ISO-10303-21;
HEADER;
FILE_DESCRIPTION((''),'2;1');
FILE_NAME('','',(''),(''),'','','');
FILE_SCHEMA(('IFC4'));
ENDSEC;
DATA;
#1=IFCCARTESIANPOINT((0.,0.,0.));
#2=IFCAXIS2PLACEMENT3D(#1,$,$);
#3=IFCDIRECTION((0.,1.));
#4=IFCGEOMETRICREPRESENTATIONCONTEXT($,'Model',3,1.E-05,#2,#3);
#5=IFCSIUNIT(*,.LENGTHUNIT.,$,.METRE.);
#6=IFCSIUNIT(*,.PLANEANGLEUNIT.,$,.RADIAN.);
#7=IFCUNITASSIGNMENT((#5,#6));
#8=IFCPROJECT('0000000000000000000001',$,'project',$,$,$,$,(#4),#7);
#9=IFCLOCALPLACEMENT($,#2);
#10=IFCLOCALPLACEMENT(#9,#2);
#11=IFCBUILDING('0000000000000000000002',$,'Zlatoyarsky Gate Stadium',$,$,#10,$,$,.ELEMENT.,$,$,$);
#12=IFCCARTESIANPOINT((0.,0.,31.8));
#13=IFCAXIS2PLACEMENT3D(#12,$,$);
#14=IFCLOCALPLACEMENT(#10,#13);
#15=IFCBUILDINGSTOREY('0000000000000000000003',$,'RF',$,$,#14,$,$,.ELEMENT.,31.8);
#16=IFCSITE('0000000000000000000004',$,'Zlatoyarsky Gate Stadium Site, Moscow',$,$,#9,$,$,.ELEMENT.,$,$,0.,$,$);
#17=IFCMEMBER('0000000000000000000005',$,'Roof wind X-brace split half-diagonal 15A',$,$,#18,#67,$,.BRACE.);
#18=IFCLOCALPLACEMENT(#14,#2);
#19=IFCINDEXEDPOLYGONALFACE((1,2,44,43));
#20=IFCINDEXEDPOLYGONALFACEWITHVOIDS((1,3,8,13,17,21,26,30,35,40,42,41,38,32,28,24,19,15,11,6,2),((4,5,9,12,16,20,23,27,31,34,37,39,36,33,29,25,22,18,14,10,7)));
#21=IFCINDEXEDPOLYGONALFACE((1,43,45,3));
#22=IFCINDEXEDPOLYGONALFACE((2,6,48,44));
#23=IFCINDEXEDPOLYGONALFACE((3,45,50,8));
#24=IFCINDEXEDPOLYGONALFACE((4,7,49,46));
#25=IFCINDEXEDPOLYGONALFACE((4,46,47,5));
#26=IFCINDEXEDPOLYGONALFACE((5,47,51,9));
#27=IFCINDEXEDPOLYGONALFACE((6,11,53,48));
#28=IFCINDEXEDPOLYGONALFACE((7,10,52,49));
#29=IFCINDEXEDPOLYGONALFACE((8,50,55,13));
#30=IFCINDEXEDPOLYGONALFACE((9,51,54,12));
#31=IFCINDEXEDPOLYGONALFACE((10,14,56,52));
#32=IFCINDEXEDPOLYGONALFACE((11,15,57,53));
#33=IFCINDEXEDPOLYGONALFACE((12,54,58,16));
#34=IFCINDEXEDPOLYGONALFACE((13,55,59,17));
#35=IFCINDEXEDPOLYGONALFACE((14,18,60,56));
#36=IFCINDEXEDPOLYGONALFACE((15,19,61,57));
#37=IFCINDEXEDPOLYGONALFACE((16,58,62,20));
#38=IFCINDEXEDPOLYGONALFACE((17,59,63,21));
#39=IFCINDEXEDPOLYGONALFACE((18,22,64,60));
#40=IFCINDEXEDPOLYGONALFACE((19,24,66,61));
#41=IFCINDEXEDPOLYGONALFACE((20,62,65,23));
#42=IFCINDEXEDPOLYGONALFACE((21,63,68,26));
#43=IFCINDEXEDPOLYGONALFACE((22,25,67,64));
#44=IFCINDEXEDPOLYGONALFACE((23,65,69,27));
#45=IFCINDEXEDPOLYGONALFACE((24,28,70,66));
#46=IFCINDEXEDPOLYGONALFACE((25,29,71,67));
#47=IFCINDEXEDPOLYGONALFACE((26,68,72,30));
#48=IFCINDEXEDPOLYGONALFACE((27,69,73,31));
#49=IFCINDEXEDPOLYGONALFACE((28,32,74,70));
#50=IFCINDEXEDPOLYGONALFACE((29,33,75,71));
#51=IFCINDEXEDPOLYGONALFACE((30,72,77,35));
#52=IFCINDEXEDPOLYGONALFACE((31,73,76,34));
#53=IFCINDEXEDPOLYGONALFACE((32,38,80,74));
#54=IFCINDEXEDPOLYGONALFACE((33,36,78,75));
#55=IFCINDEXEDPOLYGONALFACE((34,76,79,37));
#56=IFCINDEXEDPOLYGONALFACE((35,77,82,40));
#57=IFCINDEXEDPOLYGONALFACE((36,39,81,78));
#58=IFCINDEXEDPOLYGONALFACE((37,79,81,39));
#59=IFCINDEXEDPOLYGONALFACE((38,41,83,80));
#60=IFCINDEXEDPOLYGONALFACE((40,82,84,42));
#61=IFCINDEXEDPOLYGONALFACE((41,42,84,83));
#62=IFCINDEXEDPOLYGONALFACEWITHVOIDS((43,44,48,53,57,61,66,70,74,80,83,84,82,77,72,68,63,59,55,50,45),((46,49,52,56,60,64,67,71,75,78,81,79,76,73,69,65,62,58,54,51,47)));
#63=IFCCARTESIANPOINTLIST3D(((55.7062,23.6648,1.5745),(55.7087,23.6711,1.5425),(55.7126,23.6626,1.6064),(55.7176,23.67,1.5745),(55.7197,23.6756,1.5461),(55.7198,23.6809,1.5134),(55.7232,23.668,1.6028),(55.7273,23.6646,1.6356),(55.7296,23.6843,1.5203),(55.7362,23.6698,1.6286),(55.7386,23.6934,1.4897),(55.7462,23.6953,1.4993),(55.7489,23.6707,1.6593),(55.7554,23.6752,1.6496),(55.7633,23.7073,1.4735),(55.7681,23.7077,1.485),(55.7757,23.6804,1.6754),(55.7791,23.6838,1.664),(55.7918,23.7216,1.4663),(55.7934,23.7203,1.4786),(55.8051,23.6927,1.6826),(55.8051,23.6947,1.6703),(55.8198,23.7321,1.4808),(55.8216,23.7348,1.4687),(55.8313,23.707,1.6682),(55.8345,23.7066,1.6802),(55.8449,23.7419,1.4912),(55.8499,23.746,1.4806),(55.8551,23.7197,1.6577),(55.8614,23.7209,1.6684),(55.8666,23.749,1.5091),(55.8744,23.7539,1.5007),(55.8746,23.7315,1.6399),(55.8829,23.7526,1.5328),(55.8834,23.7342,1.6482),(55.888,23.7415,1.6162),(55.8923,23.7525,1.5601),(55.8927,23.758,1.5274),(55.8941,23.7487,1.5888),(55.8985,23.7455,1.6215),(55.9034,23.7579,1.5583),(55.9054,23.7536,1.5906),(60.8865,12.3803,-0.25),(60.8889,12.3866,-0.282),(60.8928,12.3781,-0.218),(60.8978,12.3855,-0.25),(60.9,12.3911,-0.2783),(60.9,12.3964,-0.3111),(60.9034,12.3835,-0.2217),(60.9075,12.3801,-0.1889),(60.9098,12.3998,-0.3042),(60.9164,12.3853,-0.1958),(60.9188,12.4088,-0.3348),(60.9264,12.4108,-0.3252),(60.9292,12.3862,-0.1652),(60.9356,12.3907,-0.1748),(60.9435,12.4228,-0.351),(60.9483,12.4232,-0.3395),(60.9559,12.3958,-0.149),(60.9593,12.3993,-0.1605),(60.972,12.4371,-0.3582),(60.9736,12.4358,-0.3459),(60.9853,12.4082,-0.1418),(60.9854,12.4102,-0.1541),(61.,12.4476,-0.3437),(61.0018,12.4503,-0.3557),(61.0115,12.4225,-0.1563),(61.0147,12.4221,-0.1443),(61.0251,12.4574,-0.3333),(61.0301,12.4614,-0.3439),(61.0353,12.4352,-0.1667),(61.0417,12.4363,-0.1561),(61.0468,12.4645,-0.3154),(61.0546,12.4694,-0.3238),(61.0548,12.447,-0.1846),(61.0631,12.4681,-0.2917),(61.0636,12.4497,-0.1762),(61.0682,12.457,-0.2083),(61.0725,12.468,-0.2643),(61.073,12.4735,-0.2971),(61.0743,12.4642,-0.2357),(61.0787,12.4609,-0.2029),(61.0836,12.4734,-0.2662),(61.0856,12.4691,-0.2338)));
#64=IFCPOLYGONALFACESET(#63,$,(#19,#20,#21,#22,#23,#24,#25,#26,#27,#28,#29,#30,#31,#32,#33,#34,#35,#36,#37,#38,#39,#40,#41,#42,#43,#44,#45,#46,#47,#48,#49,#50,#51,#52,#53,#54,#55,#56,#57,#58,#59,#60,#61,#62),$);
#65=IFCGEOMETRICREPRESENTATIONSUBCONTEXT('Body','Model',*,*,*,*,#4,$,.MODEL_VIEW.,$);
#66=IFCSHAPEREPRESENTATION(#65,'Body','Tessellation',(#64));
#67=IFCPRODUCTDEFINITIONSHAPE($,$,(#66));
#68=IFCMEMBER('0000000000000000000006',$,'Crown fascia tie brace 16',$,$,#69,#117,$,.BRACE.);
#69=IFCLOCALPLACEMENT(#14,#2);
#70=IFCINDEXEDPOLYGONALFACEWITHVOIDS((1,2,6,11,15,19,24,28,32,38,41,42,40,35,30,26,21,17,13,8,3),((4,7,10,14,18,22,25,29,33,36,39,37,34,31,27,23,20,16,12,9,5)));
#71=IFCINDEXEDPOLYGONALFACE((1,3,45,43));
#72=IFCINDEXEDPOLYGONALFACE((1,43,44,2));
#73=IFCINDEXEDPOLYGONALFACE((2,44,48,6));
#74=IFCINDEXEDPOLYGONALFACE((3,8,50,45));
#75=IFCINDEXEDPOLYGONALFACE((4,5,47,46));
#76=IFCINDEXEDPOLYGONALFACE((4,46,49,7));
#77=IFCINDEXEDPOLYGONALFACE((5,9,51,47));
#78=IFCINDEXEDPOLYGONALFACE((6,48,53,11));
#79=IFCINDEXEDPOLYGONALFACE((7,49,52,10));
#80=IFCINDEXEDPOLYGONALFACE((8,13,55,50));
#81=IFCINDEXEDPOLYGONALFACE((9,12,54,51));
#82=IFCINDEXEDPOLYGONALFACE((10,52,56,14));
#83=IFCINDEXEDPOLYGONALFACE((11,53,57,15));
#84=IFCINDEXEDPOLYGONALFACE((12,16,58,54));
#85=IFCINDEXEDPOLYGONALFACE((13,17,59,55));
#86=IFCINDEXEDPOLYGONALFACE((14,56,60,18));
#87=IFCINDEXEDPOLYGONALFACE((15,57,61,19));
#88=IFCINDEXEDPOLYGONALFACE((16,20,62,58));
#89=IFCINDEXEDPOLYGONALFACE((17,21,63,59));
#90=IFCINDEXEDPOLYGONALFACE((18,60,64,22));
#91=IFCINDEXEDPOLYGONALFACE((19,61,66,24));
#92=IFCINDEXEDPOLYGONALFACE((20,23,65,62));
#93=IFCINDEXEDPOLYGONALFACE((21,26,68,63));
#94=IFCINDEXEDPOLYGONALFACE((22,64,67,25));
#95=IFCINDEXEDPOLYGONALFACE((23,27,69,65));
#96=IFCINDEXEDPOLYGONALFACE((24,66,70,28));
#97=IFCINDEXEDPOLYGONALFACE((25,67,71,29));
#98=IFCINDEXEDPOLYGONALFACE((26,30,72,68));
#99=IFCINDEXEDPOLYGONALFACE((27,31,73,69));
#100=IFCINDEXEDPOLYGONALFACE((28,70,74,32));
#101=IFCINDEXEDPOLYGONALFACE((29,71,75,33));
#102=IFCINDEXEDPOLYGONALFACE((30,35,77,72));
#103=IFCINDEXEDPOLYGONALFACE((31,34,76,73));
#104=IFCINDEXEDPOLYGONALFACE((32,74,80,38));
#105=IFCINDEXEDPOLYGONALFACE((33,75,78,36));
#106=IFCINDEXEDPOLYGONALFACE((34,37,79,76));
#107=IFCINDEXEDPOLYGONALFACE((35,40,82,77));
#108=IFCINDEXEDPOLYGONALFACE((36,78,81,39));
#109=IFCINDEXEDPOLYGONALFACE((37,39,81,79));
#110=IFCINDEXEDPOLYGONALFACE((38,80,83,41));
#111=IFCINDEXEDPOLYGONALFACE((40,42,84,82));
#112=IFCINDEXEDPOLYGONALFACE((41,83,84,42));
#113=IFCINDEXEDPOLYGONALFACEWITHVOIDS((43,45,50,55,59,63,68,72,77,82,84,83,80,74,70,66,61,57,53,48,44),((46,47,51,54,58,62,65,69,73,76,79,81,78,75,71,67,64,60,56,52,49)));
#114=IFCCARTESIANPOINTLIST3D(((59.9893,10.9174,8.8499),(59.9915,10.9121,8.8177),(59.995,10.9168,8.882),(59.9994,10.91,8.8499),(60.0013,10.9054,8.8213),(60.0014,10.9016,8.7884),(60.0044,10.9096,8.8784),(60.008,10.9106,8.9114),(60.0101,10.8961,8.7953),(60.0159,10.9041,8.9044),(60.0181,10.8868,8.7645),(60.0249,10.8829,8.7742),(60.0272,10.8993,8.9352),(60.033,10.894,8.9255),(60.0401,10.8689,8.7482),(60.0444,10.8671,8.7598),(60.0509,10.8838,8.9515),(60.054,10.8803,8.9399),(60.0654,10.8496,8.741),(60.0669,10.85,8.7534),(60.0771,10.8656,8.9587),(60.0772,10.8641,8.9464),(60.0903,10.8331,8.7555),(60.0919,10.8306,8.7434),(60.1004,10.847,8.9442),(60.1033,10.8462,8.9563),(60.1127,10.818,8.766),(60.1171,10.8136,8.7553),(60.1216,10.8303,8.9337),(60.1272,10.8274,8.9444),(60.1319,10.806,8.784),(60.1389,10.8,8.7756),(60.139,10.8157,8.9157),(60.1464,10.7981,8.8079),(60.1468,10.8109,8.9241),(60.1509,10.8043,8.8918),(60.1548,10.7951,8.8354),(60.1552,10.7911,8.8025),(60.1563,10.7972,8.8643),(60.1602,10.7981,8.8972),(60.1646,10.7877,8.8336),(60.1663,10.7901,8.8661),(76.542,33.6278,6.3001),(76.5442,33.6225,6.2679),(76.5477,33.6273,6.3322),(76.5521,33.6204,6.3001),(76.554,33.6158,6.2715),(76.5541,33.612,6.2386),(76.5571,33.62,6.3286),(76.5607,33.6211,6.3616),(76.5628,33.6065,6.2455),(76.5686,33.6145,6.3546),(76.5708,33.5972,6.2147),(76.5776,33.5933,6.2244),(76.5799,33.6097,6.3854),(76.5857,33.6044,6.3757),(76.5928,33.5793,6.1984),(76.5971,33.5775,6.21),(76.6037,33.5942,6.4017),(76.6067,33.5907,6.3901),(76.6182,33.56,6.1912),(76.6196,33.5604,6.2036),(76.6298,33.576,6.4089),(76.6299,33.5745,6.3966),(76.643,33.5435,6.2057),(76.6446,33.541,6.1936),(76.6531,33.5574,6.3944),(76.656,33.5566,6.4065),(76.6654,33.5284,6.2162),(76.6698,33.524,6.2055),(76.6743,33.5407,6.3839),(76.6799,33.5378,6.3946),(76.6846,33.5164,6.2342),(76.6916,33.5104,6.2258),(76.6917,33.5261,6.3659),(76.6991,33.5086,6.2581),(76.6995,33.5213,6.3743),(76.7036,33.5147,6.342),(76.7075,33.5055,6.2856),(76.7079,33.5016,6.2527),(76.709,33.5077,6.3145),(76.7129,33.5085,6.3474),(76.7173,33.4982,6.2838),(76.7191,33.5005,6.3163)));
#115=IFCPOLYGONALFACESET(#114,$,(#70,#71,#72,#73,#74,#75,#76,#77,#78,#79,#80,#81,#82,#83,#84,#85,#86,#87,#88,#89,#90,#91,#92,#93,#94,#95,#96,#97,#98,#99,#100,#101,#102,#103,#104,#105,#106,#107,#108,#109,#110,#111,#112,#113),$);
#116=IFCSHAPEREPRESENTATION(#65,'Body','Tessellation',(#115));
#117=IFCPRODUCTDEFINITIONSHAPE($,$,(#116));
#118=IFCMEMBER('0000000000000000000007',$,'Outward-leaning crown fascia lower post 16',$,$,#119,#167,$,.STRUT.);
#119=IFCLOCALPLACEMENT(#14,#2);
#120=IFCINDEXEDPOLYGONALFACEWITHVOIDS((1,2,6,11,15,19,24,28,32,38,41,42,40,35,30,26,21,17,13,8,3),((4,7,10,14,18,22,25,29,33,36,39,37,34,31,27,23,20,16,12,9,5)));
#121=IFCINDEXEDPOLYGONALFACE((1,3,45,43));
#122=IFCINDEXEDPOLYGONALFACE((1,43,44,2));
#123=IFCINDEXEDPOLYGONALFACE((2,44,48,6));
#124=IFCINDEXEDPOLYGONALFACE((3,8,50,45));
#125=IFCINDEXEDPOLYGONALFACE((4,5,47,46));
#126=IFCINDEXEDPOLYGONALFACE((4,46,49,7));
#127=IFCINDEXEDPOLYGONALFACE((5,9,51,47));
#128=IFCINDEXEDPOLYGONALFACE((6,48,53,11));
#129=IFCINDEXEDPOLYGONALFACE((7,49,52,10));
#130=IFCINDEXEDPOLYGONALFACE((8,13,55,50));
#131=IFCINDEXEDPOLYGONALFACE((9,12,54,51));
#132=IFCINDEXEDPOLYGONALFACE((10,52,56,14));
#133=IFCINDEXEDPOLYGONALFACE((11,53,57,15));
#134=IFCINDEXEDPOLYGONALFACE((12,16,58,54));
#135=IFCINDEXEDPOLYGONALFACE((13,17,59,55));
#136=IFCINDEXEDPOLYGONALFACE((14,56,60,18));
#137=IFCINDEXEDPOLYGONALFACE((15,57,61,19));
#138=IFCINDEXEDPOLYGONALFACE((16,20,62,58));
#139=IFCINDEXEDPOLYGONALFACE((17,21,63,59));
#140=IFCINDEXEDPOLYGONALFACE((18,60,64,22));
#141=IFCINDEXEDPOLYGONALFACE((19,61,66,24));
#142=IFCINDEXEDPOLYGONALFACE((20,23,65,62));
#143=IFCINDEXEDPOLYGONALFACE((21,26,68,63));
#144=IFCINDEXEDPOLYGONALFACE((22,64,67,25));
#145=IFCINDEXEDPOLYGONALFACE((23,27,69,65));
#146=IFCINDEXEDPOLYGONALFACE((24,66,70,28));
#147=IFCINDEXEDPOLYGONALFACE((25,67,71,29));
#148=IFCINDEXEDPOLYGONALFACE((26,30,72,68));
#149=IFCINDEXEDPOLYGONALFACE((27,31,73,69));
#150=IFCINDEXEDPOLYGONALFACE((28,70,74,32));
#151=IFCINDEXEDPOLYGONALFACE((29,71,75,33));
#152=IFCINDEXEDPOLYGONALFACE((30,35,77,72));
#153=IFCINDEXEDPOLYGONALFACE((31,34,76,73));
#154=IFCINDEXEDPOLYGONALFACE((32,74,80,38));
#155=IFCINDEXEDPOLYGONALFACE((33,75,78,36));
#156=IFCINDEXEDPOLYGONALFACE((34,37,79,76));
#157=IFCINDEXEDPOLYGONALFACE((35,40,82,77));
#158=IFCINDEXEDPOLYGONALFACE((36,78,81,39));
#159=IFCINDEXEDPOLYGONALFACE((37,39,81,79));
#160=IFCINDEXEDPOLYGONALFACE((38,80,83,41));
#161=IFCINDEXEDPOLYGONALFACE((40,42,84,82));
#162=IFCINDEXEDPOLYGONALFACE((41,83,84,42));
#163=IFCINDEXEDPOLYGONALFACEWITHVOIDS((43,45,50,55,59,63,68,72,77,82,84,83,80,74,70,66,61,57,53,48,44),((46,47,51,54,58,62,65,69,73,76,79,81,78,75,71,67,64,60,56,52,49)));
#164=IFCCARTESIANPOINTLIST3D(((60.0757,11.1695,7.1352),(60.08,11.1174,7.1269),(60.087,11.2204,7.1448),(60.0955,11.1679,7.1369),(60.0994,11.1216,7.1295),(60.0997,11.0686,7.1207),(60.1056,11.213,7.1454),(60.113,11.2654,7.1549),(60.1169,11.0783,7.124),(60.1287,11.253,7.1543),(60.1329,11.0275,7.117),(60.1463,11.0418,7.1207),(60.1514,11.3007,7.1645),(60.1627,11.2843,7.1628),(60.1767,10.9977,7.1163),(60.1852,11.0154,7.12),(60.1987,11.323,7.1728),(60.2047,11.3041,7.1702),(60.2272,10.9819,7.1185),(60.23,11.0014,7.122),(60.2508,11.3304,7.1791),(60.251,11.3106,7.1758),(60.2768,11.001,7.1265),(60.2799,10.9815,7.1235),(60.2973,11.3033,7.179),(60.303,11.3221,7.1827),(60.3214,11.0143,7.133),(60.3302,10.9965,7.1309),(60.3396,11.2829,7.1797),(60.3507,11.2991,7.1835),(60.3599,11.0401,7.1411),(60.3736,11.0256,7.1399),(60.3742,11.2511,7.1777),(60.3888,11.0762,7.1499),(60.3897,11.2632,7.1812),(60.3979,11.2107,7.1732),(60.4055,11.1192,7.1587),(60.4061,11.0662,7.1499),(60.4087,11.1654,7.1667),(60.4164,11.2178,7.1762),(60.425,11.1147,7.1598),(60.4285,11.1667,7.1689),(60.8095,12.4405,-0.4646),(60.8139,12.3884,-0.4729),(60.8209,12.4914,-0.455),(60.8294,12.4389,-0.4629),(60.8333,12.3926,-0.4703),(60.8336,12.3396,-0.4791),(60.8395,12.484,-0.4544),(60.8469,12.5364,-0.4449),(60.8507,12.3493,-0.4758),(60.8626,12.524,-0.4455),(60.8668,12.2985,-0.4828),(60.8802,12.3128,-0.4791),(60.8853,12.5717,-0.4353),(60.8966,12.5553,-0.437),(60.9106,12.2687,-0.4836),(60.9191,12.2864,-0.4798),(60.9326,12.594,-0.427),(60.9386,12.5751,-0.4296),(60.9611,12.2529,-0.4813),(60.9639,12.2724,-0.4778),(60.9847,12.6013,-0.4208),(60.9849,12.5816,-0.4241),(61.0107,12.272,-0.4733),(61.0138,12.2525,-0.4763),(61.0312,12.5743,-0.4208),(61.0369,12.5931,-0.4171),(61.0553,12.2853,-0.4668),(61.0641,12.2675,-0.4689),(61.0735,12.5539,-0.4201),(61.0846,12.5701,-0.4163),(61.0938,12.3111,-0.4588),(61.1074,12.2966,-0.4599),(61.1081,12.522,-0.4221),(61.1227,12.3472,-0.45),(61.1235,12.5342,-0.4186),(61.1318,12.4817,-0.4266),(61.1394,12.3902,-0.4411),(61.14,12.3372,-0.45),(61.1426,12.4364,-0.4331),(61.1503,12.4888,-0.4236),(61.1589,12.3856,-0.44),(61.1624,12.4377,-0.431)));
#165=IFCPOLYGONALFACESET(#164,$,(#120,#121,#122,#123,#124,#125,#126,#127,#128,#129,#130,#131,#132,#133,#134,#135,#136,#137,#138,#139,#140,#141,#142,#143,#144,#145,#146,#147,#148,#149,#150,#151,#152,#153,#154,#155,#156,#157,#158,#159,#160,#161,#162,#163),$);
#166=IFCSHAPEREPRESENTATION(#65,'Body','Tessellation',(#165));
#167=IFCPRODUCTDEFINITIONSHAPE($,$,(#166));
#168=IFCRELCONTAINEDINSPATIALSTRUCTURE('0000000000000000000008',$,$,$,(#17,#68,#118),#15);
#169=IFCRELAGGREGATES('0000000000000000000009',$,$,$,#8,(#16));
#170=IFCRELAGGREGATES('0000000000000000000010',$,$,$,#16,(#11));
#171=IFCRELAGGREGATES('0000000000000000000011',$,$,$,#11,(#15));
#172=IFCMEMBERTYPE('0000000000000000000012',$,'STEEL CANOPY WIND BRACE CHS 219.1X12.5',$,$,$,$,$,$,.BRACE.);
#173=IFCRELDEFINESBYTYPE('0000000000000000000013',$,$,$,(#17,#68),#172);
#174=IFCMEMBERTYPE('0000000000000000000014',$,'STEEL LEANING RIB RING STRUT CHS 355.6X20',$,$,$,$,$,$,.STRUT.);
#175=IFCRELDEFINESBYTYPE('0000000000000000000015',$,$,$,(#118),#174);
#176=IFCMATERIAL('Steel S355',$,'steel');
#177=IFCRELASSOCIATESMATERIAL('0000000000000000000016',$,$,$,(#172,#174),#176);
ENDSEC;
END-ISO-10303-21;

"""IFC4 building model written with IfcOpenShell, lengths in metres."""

from ifc_helpers import new_model, si_unit, direction, frame, origin, origin_2d, place, context, subcontext, project, spatial, hollow_circle, extrude, material, material_profile, profile_set, type_object, element, save


model = new_model("IFC4")

# Units and contexts
model_context = context("Model", 3, precision=1e-05, world=origin(), true_north=direction((0.0, 1.0)))
body_context = subcontext(model_context, "Body", "Model", "MODEL_VIEW")
ifc_project = project(units=[si_unit("LENGTHUNIT", "METRE"), si_unit("PLANEANGLEUNIT", "RADIAN")], contexts=[model_context])

# Site, building, storey
site_placement = place(None, origin())
site = spatial("IfcSite", under=ifc_project, at=site_placement, Name="Zlatoyarsky Gate Stadium Site, Moscow", CompositionType="ELEMENT", RefElevation=0.0)
building_placement = place(site_placement, origin())
building = spatial("IfcBuilding", under=site, at=building_placement, Name="Zlatoyarsky Gate Stadium", CompositionType="ELEMENT")
storey_placement = place(building_placement, frame((0.0, 0.0, 31.8)))
storey = spatial("IfcBuildingStorey", under=building, at=storey_placement, Name="RF", CompositionType="ELEMENT", Elevation=31.8)

# Members
ifc_material_1 = material(Name="Steel S355", Category="steel")
ifc_material_profile_1 = material_profile(ifc_material_1, hollow_circle(Radius=0.1096, WallThickness=0.0125, at=origin_2d()), Name="CHS 219.1X12.5")
ifc_profile_set_1 = profile_set([ifc_material_profile_1], Name="Steel S355")
member_type_1 = type_object("IfcMemberType", Name="STEEL CANOPY WIND BRACE CHS 219.1X12.5", PredefinedType="BRACE", material=ifc_profile_set_1)
member_1_placement = place(storey_placement, frame((60.9861, 12.426, -0.25), z_axis=(-0.412765, 0.899161, 0.145376), x_axis=(-0.908816, -0.417197, 0.0)))
element("IfcMember", 1, at=member_1_placement, inside=storey, type_object=member_type_1, Name="Roof wind X-brace split half-diagonal 15A", PredefinedType="BRACE", context=body_context, shape_type="SweptSolid", body=[
    extrude(hollow_circle(Radius=0.1096, WallThickness=0.0125, at=origin_2d()), origin(), (0.0, 0.0, 1.0), 12.55),
])
member_2_placement = place(storey_placement, frame((60.0779, 10.8528, 8.8499), z_axis=(0.586601, 0.80482, -0.090361), x_axis=(-0.808126, 0.58901, 0.0)))
element("IfcMember", 2, at=member_2_placement, inside=storey, type_object=member_type_1, Name="Crown fascia tie brace 16", PredefinedType="BRACE", context=body_context, shape_type="SweptSolid", body=[
    extrude(hollow_circle(Radius=0.1096, WallThickness=0.0125, at=origin_2d()), origin(), (0.0, 0.0, 1.0), 28.218),
])
ifc_material_profile_2 = material_profile(ifc_material_1, hollow_circle(Radius=0.1777, WallThickness=0.02, at=origin_2d()), Name="CHS 355.6X20")
ifc_profile_set_2 = profile_set([ifc_material_profile_2], Name="Steel S355")
member_type_2 = type_object("IfcMemberType", Name="STEEL LEANING RIB RING STRUT CHS 355.6X20", PredefinedType="STRUT", material=ifc_profile_set_2)
member_3_placement = place(storey_placement, frame((60.9861, 12.426, -0.45), z_axis=(-0.094814, -0.164206, 0.981859), x_axis=(0.866003, -0.500039, 0.0)))
element("IfcMember", 3, at=member_3_placement, inside=storey, type_object=member_type_2, Name="Outward-leaning crown fascia lower post 16", PredefinedType="STRUT", context=body_context, shape_type="SweptSolid", body=[
    extrude(hollow_circle(Radius=0.1777, WallThickness=0.02, at=origin_2d()), origin(), (0.0, 0.0, 1.0), 7.7402),
])

save(model, "model.ifc")
